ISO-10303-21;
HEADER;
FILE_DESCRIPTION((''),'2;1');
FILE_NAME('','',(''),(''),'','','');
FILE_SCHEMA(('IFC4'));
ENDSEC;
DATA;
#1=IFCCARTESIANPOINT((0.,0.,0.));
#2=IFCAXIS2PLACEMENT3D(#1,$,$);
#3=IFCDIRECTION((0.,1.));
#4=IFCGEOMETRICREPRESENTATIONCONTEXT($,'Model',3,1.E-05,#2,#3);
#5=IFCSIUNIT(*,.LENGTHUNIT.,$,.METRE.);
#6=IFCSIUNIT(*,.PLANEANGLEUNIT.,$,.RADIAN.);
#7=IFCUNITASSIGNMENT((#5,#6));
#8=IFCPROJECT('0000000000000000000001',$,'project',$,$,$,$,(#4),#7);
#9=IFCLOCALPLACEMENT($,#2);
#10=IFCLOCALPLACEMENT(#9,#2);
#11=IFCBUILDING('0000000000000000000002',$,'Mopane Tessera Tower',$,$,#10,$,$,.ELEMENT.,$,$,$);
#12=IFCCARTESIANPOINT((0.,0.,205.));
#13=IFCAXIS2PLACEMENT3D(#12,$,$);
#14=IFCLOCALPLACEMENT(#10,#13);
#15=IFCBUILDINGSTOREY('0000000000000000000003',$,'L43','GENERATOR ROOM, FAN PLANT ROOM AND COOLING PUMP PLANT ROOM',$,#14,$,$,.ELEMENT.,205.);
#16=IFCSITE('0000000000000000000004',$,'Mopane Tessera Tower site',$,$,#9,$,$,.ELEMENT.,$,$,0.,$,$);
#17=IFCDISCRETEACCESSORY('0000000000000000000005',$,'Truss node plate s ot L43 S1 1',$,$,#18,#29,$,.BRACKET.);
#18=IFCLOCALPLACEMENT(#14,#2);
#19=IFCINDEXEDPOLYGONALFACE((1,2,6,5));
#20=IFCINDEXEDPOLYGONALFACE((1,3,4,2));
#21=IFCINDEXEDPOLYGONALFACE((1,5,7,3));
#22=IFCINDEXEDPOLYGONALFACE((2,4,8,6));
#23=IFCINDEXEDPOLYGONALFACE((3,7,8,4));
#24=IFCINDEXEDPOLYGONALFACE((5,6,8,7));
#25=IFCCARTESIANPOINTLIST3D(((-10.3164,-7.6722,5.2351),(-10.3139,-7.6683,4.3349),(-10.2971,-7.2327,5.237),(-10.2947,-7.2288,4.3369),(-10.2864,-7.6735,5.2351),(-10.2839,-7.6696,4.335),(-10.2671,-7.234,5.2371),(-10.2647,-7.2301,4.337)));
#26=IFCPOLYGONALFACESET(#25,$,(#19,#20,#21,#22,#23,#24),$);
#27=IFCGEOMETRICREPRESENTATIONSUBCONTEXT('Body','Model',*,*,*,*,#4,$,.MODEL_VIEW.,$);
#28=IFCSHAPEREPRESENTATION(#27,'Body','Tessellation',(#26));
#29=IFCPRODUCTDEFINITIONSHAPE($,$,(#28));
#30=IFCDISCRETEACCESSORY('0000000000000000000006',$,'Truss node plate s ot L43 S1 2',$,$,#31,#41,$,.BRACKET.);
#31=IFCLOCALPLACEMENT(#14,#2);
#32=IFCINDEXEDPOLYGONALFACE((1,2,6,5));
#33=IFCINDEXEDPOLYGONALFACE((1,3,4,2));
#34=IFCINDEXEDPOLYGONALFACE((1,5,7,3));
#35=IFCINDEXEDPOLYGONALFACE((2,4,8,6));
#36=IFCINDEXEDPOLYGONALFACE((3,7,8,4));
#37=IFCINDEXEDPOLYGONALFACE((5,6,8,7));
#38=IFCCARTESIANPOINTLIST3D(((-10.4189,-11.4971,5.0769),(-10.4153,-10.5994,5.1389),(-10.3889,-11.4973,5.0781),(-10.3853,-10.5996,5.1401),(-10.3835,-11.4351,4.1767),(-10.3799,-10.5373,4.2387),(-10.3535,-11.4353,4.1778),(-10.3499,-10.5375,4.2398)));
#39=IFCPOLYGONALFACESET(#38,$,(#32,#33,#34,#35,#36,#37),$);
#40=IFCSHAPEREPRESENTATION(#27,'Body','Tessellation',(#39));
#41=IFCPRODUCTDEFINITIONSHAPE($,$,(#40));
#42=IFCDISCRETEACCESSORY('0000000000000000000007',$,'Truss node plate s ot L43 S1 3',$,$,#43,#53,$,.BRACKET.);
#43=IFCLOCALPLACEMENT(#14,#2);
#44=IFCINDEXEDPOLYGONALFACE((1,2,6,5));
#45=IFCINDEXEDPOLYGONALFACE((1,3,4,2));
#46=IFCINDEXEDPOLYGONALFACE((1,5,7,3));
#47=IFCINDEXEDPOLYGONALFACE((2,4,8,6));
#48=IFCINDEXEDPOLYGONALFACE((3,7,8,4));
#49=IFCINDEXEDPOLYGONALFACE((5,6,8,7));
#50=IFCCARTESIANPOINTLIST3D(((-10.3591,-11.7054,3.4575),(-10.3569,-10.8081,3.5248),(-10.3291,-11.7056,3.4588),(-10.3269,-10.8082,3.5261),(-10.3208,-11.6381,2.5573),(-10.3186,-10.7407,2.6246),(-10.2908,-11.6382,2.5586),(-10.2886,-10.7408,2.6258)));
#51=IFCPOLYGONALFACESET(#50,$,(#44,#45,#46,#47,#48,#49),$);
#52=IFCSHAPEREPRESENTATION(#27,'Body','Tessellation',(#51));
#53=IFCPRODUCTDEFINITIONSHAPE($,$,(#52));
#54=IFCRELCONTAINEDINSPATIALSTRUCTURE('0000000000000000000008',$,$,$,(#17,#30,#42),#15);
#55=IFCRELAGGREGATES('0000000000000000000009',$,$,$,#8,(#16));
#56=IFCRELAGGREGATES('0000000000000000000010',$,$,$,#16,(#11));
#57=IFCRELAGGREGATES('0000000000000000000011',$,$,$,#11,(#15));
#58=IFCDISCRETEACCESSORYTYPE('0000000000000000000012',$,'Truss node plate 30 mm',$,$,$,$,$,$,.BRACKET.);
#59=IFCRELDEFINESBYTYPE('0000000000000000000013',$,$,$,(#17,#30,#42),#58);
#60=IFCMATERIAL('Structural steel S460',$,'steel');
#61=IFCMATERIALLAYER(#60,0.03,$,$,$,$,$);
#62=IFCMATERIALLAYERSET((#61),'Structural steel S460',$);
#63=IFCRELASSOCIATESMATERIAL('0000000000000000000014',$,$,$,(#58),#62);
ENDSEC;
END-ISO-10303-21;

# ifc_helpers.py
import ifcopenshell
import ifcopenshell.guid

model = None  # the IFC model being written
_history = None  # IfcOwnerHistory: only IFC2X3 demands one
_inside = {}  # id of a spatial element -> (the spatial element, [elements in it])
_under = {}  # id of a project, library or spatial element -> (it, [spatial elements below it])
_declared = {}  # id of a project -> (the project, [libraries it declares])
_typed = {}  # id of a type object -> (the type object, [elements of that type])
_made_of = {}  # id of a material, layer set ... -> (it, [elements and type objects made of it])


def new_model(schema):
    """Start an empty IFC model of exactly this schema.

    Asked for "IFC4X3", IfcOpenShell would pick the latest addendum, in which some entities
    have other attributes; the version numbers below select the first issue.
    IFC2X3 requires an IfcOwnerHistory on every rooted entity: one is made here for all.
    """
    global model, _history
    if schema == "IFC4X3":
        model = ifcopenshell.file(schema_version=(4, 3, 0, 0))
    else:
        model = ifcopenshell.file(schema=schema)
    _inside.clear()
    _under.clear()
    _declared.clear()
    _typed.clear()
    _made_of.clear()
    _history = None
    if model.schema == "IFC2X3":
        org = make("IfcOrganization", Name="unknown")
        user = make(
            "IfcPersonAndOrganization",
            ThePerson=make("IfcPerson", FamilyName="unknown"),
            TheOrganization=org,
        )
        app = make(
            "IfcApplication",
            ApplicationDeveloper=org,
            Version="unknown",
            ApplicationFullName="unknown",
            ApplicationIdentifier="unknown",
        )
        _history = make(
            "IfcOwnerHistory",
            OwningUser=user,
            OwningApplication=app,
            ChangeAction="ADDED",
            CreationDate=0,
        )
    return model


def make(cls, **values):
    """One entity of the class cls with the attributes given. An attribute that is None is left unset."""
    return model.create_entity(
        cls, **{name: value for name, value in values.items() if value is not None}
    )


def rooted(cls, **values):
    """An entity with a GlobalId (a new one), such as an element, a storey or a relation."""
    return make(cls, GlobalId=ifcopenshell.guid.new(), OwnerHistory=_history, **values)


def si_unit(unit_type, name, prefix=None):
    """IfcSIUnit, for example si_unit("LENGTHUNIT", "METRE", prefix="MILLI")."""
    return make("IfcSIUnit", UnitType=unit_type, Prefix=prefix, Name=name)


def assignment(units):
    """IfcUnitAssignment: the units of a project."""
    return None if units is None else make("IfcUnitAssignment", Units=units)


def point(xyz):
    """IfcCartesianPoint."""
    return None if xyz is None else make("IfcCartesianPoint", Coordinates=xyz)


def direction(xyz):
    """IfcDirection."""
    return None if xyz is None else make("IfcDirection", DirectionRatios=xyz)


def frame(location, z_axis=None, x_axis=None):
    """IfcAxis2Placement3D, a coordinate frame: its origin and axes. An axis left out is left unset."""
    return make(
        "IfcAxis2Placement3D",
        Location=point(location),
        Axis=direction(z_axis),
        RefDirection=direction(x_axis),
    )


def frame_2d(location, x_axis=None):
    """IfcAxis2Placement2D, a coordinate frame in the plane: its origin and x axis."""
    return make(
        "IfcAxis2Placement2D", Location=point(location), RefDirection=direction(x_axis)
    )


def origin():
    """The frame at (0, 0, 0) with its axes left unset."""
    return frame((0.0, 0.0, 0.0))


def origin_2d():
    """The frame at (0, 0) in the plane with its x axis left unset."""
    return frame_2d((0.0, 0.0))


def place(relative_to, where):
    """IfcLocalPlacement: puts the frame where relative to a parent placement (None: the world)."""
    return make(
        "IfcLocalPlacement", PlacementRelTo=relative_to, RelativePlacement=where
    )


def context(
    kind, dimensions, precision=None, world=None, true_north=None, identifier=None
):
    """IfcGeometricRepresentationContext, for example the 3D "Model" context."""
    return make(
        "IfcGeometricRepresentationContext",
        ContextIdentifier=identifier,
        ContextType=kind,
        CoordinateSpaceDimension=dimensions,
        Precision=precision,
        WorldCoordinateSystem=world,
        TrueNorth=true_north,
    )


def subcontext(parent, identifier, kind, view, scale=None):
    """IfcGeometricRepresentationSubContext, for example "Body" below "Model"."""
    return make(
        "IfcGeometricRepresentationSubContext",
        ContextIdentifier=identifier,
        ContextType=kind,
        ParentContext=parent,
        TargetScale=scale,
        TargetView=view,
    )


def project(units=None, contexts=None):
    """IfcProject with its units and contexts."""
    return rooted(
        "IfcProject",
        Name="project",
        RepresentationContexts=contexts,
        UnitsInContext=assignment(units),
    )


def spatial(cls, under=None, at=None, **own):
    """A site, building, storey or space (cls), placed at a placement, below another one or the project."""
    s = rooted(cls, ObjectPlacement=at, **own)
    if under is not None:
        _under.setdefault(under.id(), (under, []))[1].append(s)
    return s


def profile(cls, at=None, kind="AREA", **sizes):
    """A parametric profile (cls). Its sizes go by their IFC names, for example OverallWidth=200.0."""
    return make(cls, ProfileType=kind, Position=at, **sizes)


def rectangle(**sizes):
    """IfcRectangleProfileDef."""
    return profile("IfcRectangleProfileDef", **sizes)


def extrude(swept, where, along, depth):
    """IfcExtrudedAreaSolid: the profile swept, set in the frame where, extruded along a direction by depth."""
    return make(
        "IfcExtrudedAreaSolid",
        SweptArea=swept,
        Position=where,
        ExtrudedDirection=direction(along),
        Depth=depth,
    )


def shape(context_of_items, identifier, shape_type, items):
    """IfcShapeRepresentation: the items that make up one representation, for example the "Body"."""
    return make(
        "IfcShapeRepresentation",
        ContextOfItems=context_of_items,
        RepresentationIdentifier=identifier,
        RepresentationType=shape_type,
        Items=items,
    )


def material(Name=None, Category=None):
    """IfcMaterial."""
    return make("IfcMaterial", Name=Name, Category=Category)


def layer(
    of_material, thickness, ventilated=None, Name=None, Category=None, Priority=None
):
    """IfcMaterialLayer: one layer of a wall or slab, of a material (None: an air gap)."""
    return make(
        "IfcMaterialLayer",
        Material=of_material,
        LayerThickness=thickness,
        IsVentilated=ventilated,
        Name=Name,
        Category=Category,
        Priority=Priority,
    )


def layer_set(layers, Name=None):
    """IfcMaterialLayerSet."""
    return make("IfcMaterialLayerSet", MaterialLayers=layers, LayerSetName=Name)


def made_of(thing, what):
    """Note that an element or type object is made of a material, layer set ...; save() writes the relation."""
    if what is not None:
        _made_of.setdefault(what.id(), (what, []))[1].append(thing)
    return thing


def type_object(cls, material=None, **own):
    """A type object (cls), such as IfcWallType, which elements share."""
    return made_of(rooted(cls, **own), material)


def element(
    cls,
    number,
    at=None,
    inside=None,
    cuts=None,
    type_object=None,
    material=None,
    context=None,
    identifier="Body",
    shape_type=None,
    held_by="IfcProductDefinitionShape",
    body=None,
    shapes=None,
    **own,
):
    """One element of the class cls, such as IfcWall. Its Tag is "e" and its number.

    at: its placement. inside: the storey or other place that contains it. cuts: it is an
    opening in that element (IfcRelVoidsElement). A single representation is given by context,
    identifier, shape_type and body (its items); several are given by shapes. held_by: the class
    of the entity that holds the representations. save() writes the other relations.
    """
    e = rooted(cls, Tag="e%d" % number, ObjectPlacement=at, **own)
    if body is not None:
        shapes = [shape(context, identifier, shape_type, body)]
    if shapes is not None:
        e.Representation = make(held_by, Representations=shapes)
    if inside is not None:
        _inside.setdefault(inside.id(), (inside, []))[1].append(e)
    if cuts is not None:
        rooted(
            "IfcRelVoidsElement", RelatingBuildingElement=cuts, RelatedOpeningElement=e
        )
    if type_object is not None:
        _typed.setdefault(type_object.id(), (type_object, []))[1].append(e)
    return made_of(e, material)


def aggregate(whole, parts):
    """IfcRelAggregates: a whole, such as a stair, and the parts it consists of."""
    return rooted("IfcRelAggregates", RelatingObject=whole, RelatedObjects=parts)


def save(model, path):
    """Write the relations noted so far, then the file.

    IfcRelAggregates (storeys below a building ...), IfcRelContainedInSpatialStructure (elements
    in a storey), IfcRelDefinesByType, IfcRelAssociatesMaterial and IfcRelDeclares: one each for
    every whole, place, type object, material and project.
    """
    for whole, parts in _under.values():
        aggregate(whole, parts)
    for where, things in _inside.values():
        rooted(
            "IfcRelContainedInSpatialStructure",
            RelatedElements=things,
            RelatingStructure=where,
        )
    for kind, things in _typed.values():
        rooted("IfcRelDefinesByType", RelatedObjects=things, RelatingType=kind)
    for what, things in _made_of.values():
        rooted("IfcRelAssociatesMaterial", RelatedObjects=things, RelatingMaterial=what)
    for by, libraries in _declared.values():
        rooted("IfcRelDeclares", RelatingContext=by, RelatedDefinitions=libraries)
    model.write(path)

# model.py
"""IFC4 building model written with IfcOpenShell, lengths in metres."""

from ifc_helpers import new_model, si_unit, direction, frame, origin, origin_2d, place, context, subcontext, project, spatial, rectangle, extrude, material, layer, layer_set, type_object, element, save


model = new_model("IFC4")

# Units and contexts
model_context = context("Model", 3, precision=1e-05, world=origin(), true_north=direction((0.0, 1.0)))
body_context = subcontext(model_context, "Body", "Model", "MODEL_VIEW")
ifc_project = project(units=[si_unit("LENGTHUNIT", "METRE"), si_unit("PLANEANGLEUNIT", "RADIAN")], contexts=[model_context])

# Site, building, storey
site_placement = place(None, origin())
site = spatial("IfcSite", under=ifc_project, at=site_placement, Name="Mopane Tessera Tower site", CompositionType="ELEMENT", RefElevation=0.0)
building_placement = place(site_placement, origin())
building = spatial("IfcBuilding", under=site, at=building_placement, Name="Mopane Tessera Tower", CompositionType="ELEMENT")
storey_placement = place(building_placement, frame((0.0, 0.0, 205.0)))
storey = spatial("IfcBuildingStorey", under=building, at=storey_placement, Name="L43", Description="GENERATOR ROOM, FAN PLANT ROOM AND COOLING PUMP PLANT ROOM", CompositionType="ELEMENT", Elevation=205.0)

# Discrete accessories
ifc_material_1 = material(Name="Structural steel S460", Category="steel")
ifc_layer_1 = layer(ifc_material_1, 0.03)
ifc_layer_set_1 = layer_set([ifc_layer_1], Name="Structural steel S460")
discrete_accessory_type_1 = type_object("IfcDiscreteAccessoryType", Name="Truss node plate 30 mm", PredefinedType="BRACKET", material=ifc_layer_set_1)
discrete_accessory_1_placement = place(storey_placement, frame((-10.2893, -7.4492, 4.3359), z_axis=(-0.002712, -0.00434, 0.999987), x_axis=(0.999036, -0.043818, 0.002519)))
element("IfcDiscreteAccessory", 1, at=discrete_accessory_1_placement, inside=storey, type_object=discrete_accessory_type_1, Name="Truss node plate s ot L43 S1 1", PredefinedType="BRACKET", context=body_context, shape_type="SweptSolid", body=[
    extrude(rectangle(XDim=0.03, YDim=0.4399, at=origin_2d()), origin(), (0.0, 0.0, 1.0), 0.9001),
])
discrete_accessory_2_placement = place(storey_placement, frame((-10.3667, -10.9863, 4.2083), z_axis=(-0.039204, -0.068675, 0.996868), x_axis=(0.999223, -0.006623, 0.038841)))
element("IfcDiscreteAccessory", 2, at=discrete_accessory_2_placement, inside=storey, type_object=discrete_accessory_type_1, Name="Truss node plate s ot L43 S1 2", PredefinedType="BRACKET", context=body_context, shape_type="SweptSolid", body=[
    extrude(rectangle(XDim=0.03, YDim=0.8999, at=origin_2d()), origin(), (0.0, 0.0, 1.0), 0.9031),
])
discrete_accessory_3_placement = place(storey_placement, frame((-10.3047, -11.1895, 2.5916), z_axis=(-0.042425, -0.074582, 0.996312), x_axis=(0.999097, -0.005571, 0.042127)))
element("IfcDiscreteAccessory", 3, at=discrete_accessory_3_placement, inside=storey, type_object=discrete_accessory_type_1, Name="Truss node plate s ot L43 S1 3", PredefinedType="BRACKET", context=body_context, shape_type="SweptSolid", body=[
    extrude(rectangle(XDim=0.03, YDim=0.8999, at=origin_2d()), origin(), (0.0, 0.0, 1.0), 0.9036),
])

save(model, "model.ifc")
